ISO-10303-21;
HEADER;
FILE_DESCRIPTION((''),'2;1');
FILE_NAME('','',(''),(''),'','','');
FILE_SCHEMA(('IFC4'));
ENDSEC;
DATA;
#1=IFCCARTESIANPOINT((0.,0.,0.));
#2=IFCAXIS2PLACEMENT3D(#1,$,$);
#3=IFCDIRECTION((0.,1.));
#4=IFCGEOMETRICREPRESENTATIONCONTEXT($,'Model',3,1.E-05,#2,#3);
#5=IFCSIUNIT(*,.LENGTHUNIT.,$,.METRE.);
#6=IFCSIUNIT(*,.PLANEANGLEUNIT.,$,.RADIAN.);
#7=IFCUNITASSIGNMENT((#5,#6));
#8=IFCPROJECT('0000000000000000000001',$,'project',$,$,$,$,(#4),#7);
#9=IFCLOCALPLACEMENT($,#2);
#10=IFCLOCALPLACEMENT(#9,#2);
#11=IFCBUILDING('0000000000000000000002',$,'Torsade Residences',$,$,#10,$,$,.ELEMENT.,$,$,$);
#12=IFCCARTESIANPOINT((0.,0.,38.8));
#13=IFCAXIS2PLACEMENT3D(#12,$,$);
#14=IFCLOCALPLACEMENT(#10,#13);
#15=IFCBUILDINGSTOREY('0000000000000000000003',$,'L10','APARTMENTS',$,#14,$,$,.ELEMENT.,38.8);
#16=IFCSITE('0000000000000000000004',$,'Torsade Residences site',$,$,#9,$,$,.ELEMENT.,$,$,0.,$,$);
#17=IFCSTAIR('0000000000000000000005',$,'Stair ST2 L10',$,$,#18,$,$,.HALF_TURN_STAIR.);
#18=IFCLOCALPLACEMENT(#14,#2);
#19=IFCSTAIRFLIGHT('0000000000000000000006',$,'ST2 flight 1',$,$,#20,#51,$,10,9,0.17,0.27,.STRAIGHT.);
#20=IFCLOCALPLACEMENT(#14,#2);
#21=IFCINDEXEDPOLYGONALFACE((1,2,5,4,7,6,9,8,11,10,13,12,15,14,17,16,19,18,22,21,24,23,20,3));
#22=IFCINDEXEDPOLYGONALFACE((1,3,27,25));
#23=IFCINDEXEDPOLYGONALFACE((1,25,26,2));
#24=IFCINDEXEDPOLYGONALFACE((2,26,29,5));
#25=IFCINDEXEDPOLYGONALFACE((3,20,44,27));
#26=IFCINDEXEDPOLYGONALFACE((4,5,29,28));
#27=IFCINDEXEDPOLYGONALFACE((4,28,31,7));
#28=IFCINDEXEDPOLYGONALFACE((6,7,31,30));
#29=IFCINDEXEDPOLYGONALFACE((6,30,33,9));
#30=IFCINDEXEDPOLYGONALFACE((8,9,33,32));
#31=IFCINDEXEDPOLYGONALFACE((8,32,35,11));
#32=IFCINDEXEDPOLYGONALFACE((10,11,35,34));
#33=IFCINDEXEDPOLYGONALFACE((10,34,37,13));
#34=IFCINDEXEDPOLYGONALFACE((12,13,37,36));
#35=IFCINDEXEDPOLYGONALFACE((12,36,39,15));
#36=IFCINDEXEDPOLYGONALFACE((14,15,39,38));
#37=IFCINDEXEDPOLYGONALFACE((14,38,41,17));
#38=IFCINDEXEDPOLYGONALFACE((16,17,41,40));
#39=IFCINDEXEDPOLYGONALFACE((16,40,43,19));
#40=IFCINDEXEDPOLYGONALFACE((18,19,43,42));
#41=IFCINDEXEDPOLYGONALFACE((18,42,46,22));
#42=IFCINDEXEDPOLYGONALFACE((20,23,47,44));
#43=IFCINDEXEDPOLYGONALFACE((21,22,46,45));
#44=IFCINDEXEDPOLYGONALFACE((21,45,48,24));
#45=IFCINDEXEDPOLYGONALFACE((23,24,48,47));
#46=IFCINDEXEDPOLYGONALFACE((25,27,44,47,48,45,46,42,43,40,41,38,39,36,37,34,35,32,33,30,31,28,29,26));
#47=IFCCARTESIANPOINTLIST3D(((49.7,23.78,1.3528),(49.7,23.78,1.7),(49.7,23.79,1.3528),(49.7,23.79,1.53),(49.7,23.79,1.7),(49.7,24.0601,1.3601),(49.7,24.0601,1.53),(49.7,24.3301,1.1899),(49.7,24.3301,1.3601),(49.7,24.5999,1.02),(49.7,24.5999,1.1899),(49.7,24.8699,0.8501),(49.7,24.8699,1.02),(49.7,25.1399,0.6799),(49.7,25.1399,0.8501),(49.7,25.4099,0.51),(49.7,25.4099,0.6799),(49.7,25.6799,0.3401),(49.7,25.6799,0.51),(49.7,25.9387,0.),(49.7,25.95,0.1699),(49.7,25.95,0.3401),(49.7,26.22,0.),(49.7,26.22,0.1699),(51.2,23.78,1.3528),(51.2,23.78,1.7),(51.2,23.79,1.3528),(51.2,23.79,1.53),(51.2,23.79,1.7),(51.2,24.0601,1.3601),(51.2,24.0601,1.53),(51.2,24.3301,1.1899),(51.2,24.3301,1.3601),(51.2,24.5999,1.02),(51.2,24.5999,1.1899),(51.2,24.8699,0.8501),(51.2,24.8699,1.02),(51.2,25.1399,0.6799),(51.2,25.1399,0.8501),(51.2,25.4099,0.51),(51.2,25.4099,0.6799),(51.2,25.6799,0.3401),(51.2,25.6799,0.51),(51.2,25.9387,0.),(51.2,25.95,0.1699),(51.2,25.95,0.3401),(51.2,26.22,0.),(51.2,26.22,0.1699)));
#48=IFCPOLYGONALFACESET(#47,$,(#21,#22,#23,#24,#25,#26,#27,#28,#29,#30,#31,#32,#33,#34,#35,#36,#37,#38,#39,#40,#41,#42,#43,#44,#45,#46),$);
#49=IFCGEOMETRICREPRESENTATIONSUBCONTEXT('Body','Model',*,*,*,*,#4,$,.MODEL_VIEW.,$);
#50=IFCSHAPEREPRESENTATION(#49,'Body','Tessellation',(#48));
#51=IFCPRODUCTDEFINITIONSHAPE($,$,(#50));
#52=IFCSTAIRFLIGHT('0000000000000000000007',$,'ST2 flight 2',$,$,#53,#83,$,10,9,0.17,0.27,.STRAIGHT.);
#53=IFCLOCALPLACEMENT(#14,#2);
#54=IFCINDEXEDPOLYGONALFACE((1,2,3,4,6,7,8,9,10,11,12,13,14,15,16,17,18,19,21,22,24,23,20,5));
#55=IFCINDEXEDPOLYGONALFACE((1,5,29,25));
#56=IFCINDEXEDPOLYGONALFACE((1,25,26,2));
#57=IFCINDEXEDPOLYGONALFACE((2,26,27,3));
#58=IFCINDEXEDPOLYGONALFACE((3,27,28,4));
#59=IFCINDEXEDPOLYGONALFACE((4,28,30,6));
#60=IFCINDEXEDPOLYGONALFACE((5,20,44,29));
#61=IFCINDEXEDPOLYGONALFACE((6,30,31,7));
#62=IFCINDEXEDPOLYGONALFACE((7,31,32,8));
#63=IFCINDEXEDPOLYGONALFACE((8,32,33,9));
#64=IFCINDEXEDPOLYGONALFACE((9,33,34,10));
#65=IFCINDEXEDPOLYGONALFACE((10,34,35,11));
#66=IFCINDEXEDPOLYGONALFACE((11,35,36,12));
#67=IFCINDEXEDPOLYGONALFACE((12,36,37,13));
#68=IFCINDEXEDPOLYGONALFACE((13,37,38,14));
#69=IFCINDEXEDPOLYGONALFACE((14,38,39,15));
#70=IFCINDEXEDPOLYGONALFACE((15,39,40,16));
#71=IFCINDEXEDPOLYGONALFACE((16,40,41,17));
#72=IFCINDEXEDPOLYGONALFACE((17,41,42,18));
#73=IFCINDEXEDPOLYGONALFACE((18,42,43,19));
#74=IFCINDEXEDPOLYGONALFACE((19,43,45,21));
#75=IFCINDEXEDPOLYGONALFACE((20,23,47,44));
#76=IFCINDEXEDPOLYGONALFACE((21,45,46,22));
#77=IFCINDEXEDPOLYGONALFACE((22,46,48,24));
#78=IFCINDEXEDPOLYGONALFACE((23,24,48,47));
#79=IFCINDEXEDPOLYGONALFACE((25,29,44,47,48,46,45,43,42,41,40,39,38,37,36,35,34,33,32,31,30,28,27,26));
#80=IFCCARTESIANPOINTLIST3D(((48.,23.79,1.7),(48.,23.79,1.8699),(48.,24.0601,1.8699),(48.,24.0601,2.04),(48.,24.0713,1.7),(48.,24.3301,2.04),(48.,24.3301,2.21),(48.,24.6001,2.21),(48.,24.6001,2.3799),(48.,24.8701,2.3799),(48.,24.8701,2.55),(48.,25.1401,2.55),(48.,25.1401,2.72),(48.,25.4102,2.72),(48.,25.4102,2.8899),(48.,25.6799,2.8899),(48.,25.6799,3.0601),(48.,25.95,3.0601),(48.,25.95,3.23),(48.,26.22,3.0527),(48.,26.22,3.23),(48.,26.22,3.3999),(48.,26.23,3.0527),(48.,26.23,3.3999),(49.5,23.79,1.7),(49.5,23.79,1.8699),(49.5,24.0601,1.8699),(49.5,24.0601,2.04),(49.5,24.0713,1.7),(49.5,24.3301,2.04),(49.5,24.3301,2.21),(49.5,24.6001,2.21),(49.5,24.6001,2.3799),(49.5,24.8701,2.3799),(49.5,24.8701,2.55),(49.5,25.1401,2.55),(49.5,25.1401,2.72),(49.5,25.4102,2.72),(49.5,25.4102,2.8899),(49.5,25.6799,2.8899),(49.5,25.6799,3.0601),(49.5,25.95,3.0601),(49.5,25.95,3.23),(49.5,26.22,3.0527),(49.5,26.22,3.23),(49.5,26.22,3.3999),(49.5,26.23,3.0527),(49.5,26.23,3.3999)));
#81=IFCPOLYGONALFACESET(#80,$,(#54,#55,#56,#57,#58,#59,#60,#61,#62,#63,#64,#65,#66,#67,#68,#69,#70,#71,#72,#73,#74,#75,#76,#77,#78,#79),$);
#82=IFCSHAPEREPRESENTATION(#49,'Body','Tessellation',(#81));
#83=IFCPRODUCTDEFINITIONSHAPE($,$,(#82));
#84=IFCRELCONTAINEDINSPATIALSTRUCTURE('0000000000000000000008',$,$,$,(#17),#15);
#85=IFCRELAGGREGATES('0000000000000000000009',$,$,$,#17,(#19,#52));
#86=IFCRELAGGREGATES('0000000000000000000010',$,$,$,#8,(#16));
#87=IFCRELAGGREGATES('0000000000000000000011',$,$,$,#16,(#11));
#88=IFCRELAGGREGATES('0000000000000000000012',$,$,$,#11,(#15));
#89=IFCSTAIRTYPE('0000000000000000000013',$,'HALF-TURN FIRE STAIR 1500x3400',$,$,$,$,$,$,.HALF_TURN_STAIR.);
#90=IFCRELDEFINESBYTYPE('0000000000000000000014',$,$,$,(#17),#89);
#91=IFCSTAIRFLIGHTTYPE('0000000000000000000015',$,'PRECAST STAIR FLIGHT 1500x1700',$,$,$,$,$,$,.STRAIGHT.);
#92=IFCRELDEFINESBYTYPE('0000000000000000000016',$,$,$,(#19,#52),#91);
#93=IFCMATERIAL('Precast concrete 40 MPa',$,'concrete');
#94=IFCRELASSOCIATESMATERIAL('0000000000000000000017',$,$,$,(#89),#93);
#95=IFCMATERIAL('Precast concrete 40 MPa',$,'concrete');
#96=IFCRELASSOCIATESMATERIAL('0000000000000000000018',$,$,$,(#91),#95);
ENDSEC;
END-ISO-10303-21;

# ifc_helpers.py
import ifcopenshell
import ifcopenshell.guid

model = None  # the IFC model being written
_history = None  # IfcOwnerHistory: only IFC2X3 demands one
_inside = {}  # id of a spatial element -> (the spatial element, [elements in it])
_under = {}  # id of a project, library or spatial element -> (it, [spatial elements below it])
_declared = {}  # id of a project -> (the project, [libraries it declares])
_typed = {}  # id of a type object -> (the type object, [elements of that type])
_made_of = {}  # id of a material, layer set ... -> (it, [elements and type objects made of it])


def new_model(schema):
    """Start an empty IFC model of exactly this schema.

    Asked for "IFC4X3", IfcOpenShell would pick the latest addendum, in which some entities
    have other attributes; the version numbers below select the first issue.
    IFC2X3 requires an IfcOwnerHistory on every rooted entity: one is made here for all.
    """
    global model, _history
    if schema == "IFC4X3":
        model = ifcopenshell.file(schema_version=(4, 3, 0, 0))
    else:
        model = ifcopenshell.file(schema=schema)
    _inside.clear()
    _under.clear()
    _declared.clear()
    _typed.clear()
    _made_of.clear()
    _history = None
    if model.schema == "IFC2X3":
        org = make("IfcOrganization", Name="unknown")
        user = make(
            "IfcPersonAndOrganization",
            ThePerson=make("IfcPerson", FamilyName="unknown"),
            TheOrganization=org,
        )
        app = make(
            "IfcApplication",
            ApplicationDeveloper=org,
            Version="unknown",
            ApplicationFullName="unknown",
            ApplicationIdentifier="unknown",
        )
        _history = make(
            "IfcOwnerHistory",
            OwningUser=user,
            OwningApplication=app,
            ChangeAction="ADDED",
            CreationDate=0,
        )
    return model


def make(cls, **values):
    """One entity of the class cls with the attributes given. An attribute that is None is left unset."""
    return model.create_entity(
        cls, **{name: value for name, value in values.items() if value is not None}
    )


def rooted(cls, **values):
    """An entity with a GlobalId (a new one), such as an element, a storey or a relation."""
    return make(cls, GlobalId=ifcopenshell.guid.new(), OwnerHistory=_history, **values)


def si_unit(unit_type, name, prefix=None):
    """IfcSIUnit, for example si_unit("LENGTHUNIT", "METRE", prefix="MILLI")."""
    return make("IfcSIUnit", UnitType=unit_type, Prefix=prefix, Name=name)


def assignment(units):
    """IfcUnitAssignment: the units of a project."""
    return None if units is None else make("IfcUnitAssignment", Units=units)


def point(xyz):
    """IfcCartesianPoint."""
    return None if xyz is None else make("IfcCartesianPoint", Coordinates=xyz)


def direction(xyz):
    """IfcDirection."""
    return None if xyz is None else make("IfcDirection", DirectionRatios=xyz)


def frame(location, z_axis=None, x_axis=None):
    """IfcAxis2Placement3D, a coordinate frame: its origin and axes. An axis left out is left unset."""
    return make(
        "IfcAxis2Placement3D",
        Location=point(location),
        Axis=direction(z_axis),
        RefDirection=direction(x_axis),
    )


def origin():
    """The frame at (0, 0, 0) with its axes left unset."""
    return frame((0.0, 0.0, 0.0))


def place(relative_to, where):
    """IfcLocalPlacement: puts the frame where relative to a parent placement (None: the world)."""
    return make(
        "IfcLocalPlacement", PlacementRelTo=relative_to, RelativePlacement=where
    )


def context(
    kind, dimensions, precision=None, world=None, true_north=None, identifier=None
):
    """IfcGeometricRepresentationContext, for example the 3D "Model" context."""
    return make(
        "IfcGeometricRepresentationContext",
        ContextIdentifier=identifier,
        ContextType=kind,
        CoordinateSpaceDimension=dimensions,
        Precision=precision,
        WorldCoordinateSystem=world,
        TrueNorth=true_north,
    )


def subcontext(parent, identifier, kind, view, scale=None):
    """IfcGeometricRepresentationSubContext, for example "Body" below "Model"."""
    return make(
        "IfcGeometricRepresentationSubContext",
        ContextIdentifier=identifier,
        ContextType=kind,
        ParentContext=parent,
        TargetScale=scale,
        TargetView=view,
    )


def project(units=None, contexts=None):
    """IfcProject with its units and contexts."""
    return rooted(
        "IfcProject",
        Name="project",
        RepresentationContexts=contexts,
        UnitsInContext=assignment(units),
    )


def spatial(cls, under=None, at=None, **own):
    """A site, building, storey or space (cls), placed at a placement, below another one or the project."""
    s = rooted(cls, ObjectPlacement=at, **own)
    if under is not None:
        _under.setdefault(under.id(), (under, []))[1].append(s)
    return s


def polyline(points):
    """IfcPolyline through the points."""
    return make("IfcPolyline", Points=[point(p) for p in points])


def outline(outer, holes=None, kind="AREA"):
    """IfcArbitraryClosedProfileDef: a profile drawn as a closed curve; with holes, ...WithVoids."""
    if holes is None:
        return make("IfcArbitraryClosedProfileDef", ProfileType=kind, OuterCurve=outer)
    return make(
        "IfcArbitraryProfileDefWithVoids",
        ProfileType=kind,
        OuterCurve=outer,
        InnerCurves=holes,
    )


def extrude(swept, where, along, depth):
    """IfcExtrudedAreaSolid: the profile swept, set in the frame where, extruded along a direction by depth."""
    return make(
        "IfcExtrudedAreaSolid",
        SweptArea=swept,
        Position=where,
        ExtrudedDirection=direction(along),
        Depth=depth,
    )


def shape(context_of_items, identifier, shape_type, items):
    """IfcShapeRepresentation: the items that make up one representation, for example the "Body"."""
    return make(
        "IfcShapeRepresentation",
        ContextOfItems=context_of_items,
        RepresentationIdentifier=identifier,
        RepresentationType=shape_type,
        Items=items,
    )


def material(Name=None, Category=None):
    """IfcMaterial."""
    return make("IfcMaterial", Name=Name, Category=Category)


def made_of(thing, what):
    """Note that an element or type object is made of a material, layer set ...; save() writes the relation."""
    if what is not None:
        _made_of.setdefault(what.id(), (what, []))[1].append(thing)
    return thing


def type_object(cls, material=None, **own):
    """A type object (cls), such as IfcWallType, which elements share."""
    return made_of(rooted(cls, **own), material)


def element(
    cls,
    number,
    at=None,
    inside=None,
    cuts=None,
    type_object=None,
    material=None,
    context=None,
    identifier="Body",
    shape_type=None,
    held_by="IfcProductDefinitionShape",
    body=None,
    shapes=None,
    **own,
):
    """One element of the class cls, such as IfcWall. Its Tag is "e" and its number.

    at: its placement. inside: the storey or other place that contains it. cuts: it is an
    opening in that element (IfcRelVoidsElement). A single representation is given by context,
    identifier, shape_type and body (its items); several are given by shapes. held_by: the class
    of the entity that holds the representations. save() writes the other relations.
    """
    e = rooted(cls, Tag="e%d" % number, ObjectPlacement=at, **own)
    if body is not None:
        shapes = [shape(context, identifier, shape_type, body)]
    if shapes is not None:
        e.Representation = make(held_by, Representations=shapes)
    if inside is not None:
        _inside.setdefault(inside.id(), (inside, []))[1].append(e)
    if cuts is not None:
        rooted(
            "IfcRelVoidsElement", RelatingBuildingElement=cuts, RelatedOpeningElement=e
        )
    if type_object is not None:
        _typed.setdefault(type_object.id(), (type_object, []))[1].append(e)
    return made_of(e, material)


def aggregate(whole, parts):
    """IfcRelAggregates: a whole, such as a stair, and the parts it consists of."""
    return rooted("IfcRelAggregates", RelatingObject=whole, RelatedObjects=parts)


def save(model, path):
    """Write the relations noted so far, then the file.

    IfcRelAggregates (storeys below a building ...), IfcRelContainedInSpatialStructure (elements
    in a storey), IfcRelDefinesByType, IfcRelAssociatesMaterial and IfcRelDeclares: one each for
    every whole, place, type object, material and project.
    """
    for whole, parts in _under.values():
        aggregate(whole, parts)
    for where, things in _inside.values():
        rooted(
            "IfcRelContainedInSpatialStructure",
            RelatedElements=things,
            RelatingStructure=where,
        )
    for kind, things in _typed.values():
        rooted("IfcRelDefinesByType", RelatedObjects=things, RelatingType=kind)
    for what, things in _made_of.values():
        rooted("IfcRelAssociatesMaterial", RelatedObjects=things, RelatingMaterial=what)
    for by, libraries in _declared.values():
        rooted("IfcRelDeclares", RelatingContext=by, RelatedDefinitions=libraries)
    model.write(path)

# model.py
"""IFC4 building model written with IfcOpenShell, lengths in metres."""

from ifc_helpers import new_model, si_unit, direction, frame, origin, place, context, subcontext, project, spatial, polyline, outline, extrude, material, type_object, element, aggregate, save


model = new_model("IFC4")

# Units and contexts
model_context = context("Model", 3, precision=1e-05, world=origin(), true_north=direction((0.0, 1.0)))
body_context = subcontext(model_context, "Body", "Model", "MODEL_VIEW")
ifc_project = project(units=[si_unit("LENGTHUNIT", "METRE"), si_unit("PLANEANGLEUNIT", "RADIAN")], contexts=[model_context])

# Site, building, storey
site_placement = place(None, origin())
site = spatial("IfcSite", under=ifc_project, at=site_placement, Name="Torsade Residences site", CompositionType="ELEMENT", RefElevation=0.0)
building_placement = place(site_placement, origin())
building = spatial("IfcBuilding", under=site, at=building_placement, Name="Torsade Residences", CompositionType="ELEMENT")
storey_placement = place(building_placement, frame((0.0, 0.0, 38.8)))
storey = spatial("IfcBuildingStorey", under=building, at=storey_placement, Name="L10", Description="APARTMENTS", CompositionType="ELEMENT", Elevation=38.8)

# Stair, stair flights
ifc_material_1 = material(Name="Precast concrete 40 MPa", Category="concrete")
stair_type = type_object("IfcStairType", Name="HALF-TURN FIRE STAIR 1500x3400", PredefinedType="HALF_TURN_STAIR", material=ifc_material_1)
stair_placement = place(storey_placement, origin())
stair = element("IfcStair", 1, at=stair_placement, inside=storey, type_object=stair_type, Name="Stair ST2 L10", PredefinedType="HALF_TURN_STAIR")
ifc_material_2 = material(Name="Precast concrete 40 MPa", Category="concrete")
stair_flight_type = type_object("IfcStairFlightType", Name="PRECAST STAIR FLIGHT 1500x1700", PredefinedType="STRAIGHT", material=ifc_material_2)
stair_flight_1_placement = place(storey_placement, frame((50.45, 26.22, 0.0), z_axis=(0.0, 0.0, 1.0), x_axis=(0.0, -1.0, 0.0)))
stair_flight_1 = element("IfcStairFlight", 2, at=stair_flight_1_placement, type_object=stair_flight_type, Name="ST2 flight 1", NumberOfRisers=10, NumberOfTreads=9, PredefinedType="STRAIGHT", RiserHeight=0.17, TreadLength=0.27, context=body_context, shape_type="SweptSolid", body=[
    extrude(outline(polyline([(0.0, 0.0), (0.0, 0.1699), (0.27, 0.1699), (0.27, 0.3401), (0.54, 0.3401), (0.54, 0.51), (0.8101, 0.51), (0.8101, 0.6799), (1.0801, 0.6799), (1.0801, 0.8501), (1.3501, 0.8501), (1.3501, 1.02), (1.6201, 1.02), (1.6201, 1.1899), (1.8899, 1.1899), (1.8899, 1.3601), (2.1599, 1.3601), (2.1599, 1.53), (2.4299, 1.53), (2.4299, 1.7), (2.4399, 1.7), (2.4399, 1.3528), (2.4299, 1.3528), (0.2812, 0.0), (0.0, 0.0)])), frame((0.0, 0.75, 0.0), z_axis=(0.0, -1.0, 0.0), x_axis=(1.0, 0.0, 0.0)), (0.0, 0.0, 1.0), 1.5),
])
stair_flight_2_placement = place(storey_placement, frame((48.75, 23.79, 1.7), z_axis=(0.0, 0.0, 1.0), x_axis=(0.0, 1.0, 0.0)))
stair_flight_2 = element("IfcStairFlight", 3, at=stair_flight_2_placement, type_object=stair_flight_type, Name="ST2 flight 2", NumberOfRisers=10, NumberOfTreads=9, PredefinedType="STRAIGHT", RiserHeight=0.17, TreadLength=0.27, context=body_context, shape_type="SweptSolid", body=[
    extrude(outline(polyline([(0.0, 0.0), (0.0, 0.1699), (0.27, 0.1699), (0.27, 0.3401), (0.54, 0.3401), (0.54, 0.51), (0.8101, 0.51), (0.8101, 0.6799), (1.0801, 0.6799), (1.0801, 0.8501), (1.3501, 0.8501), (1.3501, 1.02), (1.6201, 1.02), (1.6201, 1.1899), (1.8899, 1.1899), (1.8899, 1.3601), (2.1599, 1.3601), (2.1599, 1.53), (2.4299, 1.53), (2.4299, 1.7), (2.4399, 1.7), (2.4399, 1.3528), (2.4299, 1.3528), (0.2812, 0.0), (0.0, 0.0)])), frame((0.0, 0.75, 0.0), z_axis=(0.0, -1.0, 0.0), x_axis=(1.0, 0.0, 0.0)), (0.0, 0.0, 1.0), 1.5),
])
aggregate(stair, [stair_flight_1, stair_flight_2])

save(model, "model.ifc")
